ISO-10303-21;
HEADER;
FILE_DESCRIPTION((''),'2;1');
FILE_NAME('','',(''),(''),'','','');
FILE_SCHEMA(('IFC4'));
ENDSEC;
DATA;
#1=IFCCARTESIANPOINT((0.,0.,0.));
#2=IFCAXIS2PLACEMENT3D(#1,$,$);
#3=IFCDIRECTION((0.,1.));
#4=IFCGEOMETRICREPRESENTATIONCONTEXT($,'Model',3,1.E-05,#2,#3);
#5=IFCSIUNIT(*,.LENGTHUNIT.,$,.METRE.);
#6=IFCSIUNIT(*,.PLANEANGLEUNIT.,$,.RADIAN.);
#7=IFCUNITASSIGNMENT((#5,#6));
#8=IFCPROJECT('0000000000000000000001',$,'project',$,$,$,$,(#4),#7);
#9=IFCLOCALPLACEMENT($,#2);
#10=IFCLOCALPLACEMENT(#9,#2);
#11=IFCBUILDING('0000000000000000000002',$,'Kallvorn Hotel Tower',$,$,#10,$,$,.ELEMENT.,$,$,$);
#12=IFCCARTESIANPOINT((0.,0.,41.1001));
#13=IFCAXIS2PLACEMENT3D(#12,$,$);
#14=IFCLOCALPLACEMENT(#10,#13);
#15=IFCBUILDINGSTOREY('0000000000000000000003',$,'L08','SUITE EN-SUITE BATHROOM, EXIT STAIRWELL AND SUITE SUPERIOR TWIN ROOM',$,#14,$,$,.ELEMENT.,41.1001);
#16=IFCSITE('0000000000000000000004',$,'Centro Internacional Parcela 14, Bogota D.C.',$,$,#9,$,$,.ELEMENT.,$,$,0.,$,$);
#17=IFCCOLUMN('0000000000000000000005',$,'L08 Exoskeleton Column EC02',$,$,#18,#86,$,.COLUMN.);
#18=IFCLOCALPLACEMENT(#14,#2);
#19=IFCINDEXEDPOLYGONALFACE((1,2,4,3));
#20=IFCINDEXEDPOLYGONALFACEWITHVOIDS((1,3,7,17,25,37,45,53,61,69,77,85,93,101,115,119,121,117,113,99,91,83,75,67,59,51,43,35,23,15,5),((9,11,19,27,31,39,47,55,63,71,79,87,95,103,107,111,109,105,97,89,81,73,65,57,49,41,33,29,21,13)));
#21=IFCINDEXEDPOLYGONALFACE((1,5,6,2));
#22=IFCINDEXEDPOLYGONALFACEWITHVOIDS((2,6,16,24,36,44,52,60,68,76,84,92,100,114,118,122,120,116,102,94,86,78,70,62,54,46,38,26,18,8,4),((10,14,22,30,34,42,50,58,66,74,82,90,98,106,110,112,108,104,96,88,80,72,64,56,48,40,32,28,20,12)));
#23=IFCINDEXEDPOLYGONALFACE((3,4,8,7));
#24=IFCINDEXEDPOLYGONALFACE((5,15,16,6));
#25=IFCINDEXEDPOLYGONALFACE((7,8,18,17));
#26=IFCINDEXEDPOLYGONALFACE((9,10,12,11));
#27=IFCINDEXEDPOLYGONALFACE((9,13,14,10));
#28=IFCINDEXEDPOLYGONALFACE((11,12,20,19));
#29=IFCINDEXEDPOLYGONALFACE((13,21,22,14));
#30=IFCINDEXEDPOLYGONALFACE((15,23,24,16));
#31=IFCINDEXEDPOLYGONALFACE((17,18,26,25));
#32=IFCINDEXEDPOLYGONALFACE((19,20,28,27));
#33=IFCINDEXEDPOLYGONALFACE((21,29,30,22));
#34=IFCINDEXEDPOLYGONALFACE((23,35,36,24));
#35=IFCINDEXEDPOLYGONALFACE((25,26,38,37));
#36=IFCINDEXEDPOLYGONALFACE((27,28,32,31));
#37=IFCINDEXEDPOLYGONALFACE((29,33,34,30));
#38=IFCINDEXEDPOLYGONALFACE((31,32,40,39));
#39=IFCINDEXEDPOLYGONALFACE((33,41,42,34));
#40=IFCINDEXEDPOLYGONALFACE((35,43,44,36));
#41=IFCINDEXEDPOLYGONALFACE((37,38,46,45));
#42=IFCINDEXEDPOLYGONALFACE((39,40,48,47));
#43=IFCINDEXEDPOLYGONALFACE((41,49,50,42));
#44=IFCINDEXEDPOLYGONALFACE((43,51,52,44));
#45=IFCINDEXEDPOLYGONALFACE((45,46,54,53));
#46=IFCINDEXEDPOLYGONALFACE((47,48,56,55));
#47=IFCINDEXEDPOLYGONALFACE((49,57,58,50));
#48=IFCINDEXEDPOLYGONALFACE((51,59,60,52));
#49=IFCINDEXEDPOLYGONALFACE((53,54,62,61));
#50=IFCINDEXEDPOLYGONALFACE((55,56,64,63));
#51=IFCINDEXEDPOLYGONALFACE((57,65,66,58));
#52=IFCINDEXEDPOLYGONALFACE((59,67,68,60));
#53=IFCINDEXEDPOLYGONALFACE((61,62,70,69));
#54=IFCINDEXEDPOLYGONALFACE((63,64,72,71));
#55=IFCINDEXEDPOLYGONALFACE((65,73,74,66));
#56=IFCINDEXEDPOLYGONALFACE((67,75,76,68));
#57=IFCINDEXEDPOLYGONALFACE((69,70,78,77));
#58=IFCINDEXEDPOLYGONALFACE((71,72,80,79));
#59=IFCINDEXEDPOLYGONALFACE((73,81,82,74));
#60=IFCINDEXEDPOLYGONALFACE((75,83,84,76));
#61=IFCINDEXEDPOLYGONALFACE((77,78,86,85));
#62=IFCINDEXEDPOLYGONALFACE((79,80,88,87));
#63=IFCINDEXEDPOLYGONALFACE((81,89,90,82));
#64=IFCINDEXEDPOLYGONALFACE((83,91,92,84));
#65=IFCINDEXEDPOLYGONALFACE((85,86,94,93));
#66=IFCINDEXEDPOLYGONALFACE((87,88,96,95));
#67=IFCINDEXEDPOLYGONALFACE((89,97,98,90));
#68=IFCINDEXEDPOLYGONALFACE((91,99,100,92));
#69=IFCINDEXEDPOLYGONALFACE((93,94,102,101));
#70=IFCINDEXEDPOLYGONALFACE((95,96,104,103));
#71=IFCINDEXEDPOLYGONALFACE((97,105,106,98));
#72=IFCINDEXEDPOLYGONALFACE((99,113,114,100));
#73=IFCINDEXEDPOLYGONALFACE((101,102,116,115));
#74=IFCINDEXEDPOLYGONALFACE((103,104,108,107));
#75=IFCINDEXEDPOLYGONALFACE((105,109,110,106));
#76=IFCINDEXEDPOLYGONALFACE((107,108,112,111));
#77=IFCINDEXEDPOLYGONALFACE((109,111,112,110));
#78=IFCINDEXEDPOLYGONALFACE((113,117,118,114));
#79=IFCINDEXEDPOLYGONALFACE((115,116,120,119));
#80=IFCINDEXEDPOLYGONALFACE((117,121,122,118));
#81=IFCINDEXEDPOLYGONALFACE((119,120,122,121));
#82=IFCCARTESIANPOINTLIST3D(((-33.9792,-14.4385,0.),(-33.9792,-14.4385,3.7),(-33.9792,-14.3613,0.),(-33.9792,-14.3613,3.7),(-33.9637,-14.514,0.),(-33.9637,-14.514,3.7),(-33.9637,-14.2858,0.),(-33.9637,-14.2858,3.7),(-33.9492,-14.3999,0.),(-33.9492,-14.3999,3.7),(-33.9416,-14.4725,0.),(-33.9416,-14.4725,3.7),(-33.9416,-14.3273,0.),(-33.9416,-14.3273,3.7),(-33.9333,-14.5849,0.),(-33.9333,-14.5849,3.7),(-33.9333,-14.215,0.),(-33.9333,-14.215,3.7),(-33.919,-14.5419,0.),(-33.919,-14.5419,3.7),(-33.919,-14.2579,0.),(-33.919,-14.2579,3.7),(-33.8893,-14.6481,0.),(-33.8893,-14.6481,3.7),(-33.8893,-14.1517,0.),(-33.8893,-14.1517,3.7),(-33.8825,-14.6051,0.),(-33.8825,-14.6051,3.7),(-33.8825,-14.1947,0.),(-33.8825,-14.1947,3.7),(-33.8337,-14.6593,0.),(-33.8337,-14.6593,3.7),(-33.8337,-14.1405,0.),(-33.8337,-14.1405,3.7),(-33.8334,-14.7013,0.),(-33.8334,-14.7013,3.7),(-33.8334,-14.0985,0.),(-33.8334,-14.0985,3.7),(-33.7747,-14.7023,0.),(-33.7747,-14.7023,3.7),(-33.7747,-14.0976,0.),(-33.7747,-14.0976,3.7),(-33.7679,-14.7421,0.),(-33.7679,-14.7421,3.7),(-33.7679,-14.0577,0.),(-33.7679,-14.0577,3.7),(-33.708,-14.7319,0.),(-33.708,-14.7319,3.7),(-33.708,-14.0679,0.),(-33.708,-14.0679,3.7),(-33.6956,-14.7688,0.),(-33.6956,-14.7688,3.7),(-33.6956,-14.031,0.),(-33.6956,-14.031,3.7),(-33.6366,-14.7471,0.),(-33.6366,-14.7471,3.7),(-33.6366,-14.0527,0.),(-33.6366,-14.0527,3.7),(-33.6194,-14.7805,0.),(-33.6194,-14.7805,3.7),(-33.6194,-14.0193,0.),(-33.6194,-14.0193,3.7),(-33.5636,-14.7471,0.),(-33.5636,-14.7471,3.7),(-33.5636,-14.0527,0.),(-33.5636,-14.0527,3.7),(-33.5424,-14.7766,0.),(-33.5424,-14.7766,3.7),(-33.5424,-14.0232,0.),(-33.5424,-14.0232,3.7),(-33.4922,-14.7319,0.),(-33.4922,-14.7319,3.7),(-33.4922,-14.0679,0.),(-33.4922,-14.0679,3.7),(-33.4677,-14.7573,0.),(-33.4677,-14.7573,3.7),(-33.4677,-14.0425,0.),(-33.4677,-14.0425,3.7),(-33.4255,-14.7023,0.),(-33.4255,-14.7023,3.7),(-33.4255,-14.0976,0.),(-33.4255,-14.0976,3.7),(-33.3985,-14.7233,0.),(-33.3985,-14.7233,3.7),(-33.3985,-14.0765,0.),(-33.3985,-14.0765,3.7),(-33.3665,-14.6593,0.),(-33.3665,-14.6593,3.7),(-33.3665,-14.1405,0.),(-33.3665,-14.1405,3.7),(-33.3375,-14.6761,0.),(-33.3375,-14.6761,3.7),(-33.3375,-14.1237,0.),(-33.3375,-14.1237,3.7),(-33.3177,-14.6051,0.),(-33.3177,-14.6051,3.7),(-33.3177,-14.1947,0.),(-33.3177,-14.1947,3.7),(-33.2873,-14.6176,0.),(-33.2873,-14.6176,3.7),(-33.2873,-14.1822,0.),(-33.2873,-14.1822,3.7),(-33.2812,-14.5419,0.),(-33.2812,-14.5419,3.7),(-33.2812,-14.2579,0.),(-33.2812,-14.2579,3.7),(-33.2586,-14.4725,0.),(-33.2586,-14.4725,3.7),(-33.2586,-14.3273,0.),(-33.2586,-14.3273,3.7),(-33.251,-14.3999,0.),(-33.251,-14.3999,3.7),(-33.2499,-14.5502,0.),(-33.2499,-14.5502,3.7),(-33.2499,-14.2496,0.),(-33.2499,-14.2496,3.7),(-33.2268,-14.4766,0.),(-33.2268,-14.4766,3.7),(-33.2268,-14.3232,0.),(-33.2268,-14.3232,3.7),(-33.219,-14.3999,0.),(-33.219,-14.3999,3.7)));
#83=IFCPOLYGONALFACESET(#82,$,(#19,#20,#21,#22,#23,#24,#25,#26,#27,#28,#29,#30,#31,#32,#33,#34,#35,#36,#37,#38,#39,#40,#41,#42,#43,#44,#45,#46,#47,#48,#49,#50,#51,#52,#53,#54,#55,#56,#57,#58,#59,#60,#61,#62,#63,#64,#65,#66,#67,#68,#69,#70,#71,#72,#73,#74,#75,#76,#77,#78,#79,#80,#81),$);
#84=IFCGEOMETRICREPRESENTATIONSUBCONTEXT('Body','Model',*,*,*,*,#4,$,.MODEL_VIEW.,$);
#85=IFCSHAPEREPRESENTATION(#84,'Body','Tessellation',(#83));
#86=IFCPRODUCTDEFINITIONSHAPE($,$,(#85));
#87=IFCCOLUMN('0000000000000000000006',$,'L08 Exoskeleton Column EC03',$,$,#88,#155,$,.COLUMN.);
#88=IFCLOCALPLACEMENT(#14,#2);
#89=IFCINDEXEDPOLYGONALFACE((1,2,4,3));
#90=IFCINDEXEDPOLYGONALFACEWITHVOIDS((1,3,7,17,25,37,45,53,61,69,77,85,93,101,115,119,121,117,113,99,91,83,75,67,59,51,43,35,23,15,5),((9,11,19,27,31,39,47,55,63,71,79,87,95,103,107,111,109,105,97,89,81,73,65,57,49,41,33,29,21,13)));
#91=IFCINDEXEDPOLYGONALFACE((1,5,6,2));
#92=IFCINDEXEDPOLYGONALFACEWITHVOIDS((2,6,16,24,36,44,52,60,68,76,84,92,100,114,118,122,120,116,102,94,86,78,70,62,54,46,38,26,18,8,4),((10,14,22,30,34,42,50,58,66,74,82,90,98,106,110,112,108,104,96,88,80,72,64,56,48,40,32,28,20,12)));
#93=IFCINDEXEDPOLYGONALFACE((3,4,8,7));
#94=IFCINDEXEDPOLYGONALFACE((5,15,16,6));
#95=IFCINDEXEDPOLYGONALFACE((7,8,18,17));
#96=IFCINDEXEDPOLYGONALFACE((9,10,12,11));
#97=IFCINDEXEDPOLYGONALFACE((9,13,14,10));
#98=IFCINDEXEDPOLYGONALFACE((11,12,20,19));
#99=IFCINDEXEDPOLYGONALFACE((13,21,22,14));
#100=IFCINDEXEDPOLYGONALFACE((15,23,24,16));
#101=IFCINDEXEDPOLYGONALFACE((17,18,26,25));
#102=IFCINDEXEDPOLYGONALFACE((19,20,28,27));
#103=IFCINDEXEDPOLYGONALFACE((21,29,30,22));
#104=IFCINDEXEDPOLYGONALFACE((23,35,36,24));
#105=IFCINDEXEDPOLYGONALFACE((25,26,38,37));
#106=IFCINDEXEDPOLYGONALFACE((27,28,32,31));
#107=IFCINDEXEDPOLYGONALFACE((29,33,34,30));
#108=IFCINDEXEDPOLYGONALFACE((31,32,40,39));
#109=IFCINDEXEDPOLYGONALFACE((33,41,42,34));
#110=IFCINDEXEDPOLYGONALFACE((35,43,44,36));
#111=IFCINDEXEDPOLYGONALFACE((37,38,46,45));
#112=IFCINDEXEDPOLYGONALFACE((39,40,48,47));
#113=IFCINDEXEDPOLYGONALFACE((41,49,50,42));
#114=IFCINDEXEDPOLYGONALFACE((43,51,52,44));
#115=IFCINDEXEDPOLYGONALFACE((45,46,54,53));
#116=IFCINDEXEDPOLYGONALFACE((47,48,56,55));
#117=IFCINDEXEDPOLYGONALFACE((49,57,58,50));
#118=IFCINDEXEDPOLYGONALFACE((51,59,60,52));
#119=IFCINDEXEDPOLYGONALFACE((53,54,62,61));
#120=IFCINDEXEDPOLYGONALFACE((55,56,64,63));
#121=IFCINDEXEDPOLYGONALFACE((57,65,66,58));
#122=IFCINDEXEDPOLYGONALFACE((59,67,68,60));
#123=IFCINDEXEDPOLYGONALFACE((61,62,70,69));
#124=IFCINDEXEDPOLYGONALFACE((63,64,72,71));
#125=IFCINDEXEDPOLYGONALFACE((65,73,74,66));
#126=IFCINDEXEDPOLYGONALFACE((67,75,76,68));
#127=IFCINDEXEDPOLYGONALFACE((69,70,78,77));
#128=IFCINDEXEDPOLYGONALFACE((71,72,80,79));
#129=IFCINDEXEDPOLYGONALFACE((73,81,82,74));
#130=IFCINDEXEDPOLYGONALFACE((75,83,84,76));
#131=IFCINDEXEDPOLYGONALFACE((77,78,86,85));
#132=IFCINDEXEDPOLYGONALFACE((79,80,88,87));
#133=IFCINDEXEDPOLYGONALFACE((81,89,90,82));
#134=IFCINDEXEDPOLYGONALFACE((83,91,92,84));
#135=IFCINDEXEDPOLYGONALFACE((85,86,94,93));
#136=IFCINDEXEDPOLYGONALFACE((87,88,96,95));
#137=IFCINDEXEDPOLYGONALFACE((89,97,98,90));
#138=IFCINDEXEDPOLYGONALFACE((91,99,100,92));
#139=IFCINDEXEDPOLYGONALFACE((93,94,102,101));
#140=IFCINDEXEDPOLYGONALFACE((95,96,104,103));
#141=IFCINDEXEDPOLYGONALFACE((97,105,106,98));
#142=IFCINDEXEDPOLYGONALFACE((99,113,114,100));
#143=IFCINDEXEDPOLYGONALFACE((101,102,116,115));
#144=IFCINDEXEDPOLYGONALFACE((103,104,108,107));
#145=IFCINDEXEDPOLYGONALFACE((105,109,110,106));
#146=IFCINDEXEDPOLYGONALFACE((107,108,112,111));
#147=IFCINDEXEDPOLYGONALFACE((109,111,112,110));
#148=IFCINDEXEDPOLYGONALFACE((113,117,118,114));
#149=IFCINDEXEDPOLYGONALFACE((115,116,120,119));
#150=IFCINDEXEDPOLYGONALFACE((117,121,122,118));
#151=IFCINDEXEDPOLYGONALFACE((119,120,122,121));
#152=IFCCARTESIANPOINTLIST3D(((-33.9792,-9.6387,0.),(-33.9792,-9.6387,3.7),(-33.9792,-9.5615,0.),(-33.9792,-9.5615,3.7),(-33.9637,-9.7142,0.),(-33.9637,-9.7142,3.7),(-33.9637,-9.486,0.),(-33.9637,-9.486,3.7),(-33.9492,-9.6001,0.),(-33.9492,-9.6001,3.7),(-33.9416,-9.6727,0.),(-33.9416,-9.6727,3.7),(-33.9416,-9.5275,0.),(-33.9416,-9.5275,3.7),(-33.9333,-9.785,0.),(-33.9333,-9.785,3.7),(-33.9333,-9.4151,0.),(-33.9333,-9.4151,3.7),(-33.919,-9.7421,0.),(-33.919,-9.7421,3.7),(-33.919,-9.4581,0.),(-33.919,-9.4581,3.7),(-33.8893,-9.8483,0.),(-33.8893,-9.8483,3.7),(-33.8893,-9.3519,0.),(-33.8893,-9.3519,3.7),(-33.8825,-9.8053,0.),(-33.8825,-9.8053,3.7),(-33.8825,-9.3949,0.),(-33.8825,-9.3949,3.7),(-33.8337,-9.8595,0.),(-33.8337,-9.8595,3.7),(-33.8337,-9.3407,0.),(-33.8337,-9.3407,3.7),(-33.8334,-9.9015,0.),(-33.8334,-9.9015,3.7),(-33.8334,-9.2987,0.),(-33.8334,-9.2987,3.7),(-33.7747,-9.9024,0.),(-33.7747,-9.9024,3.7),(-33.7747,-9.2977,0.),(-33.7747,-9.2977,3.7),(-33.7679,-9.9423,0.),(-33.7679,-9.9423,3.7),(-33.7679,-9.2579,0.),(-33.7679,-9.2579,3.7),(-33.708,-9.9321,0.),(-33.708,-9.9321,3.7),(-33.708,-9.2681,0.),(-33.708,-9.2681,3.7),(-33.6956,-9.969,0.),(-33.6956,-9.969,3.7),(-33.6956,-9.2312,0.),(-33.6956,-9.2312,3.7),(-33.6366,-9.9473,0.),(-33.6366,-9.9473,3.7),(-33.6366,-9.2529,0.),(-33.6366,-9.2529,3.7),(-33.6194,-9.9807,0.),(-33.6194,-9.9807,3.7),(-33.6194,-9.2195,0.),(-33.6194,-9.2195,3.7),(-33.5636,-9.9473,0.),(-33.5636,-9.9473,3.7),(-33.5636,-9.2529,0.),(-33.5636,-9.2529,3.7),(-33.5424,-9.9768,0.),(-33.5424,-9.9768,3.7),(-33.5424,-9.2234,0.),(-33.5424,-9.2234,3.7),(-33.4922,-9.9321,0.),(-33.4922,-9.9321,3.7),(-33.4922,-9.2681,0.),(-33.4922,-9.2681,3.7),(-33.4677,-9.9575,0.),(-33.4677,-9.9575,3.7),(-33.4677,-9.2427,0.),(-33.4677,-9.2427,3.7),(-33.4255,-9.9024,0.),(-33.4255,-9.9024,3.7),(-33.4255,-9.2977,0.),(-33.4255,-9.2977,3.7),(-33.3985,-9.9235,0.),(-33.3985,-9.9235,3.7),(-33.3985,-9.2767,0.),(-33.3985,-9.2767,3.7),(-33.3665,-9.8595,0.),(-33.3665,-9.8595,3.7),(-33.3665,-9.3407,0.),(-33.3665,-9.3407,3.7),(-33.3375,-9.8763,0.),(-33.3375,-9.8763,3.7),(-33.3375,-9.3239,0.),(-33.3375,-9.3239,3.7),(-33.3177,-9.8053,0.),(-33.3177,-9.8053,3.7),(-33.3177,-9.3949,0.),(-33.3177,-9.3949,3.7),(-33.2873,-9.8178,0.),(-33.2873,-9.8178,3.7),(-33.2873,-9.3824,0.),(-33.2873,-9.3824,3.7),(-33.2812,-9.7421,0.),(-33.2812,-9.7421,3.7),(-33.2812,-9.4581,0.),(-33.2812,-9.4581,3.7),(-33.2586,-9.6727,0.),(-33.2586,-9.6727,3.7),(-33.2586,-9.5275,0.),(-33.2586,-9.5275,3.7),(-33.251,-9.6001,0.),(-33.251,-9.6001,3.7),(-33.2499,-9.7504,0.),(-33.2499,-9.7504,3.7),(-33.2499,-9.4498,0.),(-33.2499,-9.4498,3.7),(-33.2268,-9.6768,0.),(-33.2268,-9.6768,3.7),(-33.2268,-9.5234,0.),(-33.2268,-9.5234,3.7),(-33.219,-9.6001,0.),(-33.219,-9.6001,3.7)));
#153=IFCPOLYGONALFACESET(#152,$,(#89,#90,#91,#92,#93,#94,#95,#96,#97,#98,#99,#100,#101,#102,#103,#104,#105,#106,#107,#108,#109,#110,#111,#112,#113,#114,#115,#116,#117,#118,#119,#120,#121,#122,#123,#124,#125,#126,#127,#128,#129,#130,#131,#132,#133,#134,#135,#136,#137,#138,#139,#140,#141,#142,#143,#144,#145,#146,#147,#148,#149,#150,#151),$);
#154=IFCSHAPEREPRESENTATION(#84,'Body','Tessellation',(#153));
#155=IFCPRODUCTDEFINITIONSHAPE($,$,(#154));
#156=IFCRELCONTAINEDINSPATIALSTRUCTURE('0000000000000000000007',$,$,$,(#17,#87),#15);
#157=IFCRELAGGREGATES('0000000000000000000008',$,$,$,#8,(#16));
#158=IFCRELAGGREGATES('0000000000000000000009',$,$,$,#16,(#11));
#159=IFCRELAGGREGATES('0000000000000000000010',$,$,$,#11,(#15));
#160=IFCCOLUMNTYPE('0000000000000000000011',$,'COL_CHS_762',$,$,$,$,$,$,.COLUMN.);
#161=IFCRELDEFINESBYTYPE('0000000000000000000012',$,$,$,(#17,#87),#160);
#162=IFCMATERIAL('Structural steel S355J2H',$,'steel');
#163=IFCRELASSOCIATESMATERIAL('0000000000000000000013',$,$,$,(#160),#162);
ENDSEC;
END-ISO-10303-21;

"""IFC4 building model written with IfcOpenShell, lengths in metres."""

from ifc_helpers import new_model, si_unit, direction, frame, origin, origin_2d, place, context, subcontext, project, spatial, hollow_circle, extrude, material, material_profile, profile_set, type_object, element, save


model = new_model("IFC4")

# Units and contexts
model_context = context("Model", 3, precision=1e-05, world=origin(), true_north=direction((0.0, 1.0)))
body_context = subcontext(model_context, "Body", "Model", "MODEL_VIEW")
ifc_project = project(units=[si_unit("LENGTHUNIT", "METRE"), si_unit("PLANEANGLEUNIT", "RADIAN")], contexts=[model_context])

# Site, building, storey
site_placement = place(None, origin())
site = spatial("IfcSite", under=ifc_project, at=site_placement, Name="Centro Internacional Parcela 14, Bogota D.C.", CompositionType="ELEMENT", RefElevation=0.0)
building_placement = place(site_placement, origin())
building = spatial("IfcBuilding", under=site, at=building_placement, Name="Kallvorn Hotel Tower", CompositionType="ELEMENT")
storey_placement = place(building_placement, frame((0.0, 0.0, 41.1001)))
storey = spatial("IfcBuildingStorey", under=building, at=storey_placement, Name="L08", Description="SUITE EN-SUITE BATHROOM, EXIT STAIRWELL AND SUITE SUPERIOR TWIN ROOM", CompositionType="ELEMENT", Elevation=41.1001)

# Columns
ifc_material_1 = material(Name="Structural steel S355J2H", Category="steel")
ifc_material_profile_1 = material_profile(ifc_material_1, hollow_circle(Radius=0.3811, WallThickness=0.032, at=origin_2d()), Name="CHS 762x32")
ifc_profile_set_1 = profile_set([ifc_material_profile_1], Name="Structural steel S355J2H")
column_type = type_object("IfcColumnType", Name="COL_CHS_762", PredefinedType="COLUMN", material=ifc_profile_set_1)
for number, where, z_axis, x_axis, name in (
    (1, (-33.6001, -14.3999, 0.0), (0.0, 0.0, 1.0), (1.0, 0.0, 0.0), "L08 Exoskeleton Column EC02"),
    (2, (-33.6001, -9.6001, 0.0), (0.0, 0.0, 1.0), (1.0, 0.0, 0.0), "L08 Exoskeleton Column EC03"),
):
    element("IfcColumn", number, at=place(storey_placement, frame(where, z_axis=z_axis, x_axis=x_axis)), inside=storey, type_object=column_type, Name=name, PredefinedType="COLUMN", context=body_context, shape_type="SweptSolid", body=[
        extrude(hollow_circle(Radius=0.3811, WallThickness=0.032, at=origin_2d()), origin(), (0.0, 0.0, 1.0), 3.7),
    ])

save(model, "model.ifc")
